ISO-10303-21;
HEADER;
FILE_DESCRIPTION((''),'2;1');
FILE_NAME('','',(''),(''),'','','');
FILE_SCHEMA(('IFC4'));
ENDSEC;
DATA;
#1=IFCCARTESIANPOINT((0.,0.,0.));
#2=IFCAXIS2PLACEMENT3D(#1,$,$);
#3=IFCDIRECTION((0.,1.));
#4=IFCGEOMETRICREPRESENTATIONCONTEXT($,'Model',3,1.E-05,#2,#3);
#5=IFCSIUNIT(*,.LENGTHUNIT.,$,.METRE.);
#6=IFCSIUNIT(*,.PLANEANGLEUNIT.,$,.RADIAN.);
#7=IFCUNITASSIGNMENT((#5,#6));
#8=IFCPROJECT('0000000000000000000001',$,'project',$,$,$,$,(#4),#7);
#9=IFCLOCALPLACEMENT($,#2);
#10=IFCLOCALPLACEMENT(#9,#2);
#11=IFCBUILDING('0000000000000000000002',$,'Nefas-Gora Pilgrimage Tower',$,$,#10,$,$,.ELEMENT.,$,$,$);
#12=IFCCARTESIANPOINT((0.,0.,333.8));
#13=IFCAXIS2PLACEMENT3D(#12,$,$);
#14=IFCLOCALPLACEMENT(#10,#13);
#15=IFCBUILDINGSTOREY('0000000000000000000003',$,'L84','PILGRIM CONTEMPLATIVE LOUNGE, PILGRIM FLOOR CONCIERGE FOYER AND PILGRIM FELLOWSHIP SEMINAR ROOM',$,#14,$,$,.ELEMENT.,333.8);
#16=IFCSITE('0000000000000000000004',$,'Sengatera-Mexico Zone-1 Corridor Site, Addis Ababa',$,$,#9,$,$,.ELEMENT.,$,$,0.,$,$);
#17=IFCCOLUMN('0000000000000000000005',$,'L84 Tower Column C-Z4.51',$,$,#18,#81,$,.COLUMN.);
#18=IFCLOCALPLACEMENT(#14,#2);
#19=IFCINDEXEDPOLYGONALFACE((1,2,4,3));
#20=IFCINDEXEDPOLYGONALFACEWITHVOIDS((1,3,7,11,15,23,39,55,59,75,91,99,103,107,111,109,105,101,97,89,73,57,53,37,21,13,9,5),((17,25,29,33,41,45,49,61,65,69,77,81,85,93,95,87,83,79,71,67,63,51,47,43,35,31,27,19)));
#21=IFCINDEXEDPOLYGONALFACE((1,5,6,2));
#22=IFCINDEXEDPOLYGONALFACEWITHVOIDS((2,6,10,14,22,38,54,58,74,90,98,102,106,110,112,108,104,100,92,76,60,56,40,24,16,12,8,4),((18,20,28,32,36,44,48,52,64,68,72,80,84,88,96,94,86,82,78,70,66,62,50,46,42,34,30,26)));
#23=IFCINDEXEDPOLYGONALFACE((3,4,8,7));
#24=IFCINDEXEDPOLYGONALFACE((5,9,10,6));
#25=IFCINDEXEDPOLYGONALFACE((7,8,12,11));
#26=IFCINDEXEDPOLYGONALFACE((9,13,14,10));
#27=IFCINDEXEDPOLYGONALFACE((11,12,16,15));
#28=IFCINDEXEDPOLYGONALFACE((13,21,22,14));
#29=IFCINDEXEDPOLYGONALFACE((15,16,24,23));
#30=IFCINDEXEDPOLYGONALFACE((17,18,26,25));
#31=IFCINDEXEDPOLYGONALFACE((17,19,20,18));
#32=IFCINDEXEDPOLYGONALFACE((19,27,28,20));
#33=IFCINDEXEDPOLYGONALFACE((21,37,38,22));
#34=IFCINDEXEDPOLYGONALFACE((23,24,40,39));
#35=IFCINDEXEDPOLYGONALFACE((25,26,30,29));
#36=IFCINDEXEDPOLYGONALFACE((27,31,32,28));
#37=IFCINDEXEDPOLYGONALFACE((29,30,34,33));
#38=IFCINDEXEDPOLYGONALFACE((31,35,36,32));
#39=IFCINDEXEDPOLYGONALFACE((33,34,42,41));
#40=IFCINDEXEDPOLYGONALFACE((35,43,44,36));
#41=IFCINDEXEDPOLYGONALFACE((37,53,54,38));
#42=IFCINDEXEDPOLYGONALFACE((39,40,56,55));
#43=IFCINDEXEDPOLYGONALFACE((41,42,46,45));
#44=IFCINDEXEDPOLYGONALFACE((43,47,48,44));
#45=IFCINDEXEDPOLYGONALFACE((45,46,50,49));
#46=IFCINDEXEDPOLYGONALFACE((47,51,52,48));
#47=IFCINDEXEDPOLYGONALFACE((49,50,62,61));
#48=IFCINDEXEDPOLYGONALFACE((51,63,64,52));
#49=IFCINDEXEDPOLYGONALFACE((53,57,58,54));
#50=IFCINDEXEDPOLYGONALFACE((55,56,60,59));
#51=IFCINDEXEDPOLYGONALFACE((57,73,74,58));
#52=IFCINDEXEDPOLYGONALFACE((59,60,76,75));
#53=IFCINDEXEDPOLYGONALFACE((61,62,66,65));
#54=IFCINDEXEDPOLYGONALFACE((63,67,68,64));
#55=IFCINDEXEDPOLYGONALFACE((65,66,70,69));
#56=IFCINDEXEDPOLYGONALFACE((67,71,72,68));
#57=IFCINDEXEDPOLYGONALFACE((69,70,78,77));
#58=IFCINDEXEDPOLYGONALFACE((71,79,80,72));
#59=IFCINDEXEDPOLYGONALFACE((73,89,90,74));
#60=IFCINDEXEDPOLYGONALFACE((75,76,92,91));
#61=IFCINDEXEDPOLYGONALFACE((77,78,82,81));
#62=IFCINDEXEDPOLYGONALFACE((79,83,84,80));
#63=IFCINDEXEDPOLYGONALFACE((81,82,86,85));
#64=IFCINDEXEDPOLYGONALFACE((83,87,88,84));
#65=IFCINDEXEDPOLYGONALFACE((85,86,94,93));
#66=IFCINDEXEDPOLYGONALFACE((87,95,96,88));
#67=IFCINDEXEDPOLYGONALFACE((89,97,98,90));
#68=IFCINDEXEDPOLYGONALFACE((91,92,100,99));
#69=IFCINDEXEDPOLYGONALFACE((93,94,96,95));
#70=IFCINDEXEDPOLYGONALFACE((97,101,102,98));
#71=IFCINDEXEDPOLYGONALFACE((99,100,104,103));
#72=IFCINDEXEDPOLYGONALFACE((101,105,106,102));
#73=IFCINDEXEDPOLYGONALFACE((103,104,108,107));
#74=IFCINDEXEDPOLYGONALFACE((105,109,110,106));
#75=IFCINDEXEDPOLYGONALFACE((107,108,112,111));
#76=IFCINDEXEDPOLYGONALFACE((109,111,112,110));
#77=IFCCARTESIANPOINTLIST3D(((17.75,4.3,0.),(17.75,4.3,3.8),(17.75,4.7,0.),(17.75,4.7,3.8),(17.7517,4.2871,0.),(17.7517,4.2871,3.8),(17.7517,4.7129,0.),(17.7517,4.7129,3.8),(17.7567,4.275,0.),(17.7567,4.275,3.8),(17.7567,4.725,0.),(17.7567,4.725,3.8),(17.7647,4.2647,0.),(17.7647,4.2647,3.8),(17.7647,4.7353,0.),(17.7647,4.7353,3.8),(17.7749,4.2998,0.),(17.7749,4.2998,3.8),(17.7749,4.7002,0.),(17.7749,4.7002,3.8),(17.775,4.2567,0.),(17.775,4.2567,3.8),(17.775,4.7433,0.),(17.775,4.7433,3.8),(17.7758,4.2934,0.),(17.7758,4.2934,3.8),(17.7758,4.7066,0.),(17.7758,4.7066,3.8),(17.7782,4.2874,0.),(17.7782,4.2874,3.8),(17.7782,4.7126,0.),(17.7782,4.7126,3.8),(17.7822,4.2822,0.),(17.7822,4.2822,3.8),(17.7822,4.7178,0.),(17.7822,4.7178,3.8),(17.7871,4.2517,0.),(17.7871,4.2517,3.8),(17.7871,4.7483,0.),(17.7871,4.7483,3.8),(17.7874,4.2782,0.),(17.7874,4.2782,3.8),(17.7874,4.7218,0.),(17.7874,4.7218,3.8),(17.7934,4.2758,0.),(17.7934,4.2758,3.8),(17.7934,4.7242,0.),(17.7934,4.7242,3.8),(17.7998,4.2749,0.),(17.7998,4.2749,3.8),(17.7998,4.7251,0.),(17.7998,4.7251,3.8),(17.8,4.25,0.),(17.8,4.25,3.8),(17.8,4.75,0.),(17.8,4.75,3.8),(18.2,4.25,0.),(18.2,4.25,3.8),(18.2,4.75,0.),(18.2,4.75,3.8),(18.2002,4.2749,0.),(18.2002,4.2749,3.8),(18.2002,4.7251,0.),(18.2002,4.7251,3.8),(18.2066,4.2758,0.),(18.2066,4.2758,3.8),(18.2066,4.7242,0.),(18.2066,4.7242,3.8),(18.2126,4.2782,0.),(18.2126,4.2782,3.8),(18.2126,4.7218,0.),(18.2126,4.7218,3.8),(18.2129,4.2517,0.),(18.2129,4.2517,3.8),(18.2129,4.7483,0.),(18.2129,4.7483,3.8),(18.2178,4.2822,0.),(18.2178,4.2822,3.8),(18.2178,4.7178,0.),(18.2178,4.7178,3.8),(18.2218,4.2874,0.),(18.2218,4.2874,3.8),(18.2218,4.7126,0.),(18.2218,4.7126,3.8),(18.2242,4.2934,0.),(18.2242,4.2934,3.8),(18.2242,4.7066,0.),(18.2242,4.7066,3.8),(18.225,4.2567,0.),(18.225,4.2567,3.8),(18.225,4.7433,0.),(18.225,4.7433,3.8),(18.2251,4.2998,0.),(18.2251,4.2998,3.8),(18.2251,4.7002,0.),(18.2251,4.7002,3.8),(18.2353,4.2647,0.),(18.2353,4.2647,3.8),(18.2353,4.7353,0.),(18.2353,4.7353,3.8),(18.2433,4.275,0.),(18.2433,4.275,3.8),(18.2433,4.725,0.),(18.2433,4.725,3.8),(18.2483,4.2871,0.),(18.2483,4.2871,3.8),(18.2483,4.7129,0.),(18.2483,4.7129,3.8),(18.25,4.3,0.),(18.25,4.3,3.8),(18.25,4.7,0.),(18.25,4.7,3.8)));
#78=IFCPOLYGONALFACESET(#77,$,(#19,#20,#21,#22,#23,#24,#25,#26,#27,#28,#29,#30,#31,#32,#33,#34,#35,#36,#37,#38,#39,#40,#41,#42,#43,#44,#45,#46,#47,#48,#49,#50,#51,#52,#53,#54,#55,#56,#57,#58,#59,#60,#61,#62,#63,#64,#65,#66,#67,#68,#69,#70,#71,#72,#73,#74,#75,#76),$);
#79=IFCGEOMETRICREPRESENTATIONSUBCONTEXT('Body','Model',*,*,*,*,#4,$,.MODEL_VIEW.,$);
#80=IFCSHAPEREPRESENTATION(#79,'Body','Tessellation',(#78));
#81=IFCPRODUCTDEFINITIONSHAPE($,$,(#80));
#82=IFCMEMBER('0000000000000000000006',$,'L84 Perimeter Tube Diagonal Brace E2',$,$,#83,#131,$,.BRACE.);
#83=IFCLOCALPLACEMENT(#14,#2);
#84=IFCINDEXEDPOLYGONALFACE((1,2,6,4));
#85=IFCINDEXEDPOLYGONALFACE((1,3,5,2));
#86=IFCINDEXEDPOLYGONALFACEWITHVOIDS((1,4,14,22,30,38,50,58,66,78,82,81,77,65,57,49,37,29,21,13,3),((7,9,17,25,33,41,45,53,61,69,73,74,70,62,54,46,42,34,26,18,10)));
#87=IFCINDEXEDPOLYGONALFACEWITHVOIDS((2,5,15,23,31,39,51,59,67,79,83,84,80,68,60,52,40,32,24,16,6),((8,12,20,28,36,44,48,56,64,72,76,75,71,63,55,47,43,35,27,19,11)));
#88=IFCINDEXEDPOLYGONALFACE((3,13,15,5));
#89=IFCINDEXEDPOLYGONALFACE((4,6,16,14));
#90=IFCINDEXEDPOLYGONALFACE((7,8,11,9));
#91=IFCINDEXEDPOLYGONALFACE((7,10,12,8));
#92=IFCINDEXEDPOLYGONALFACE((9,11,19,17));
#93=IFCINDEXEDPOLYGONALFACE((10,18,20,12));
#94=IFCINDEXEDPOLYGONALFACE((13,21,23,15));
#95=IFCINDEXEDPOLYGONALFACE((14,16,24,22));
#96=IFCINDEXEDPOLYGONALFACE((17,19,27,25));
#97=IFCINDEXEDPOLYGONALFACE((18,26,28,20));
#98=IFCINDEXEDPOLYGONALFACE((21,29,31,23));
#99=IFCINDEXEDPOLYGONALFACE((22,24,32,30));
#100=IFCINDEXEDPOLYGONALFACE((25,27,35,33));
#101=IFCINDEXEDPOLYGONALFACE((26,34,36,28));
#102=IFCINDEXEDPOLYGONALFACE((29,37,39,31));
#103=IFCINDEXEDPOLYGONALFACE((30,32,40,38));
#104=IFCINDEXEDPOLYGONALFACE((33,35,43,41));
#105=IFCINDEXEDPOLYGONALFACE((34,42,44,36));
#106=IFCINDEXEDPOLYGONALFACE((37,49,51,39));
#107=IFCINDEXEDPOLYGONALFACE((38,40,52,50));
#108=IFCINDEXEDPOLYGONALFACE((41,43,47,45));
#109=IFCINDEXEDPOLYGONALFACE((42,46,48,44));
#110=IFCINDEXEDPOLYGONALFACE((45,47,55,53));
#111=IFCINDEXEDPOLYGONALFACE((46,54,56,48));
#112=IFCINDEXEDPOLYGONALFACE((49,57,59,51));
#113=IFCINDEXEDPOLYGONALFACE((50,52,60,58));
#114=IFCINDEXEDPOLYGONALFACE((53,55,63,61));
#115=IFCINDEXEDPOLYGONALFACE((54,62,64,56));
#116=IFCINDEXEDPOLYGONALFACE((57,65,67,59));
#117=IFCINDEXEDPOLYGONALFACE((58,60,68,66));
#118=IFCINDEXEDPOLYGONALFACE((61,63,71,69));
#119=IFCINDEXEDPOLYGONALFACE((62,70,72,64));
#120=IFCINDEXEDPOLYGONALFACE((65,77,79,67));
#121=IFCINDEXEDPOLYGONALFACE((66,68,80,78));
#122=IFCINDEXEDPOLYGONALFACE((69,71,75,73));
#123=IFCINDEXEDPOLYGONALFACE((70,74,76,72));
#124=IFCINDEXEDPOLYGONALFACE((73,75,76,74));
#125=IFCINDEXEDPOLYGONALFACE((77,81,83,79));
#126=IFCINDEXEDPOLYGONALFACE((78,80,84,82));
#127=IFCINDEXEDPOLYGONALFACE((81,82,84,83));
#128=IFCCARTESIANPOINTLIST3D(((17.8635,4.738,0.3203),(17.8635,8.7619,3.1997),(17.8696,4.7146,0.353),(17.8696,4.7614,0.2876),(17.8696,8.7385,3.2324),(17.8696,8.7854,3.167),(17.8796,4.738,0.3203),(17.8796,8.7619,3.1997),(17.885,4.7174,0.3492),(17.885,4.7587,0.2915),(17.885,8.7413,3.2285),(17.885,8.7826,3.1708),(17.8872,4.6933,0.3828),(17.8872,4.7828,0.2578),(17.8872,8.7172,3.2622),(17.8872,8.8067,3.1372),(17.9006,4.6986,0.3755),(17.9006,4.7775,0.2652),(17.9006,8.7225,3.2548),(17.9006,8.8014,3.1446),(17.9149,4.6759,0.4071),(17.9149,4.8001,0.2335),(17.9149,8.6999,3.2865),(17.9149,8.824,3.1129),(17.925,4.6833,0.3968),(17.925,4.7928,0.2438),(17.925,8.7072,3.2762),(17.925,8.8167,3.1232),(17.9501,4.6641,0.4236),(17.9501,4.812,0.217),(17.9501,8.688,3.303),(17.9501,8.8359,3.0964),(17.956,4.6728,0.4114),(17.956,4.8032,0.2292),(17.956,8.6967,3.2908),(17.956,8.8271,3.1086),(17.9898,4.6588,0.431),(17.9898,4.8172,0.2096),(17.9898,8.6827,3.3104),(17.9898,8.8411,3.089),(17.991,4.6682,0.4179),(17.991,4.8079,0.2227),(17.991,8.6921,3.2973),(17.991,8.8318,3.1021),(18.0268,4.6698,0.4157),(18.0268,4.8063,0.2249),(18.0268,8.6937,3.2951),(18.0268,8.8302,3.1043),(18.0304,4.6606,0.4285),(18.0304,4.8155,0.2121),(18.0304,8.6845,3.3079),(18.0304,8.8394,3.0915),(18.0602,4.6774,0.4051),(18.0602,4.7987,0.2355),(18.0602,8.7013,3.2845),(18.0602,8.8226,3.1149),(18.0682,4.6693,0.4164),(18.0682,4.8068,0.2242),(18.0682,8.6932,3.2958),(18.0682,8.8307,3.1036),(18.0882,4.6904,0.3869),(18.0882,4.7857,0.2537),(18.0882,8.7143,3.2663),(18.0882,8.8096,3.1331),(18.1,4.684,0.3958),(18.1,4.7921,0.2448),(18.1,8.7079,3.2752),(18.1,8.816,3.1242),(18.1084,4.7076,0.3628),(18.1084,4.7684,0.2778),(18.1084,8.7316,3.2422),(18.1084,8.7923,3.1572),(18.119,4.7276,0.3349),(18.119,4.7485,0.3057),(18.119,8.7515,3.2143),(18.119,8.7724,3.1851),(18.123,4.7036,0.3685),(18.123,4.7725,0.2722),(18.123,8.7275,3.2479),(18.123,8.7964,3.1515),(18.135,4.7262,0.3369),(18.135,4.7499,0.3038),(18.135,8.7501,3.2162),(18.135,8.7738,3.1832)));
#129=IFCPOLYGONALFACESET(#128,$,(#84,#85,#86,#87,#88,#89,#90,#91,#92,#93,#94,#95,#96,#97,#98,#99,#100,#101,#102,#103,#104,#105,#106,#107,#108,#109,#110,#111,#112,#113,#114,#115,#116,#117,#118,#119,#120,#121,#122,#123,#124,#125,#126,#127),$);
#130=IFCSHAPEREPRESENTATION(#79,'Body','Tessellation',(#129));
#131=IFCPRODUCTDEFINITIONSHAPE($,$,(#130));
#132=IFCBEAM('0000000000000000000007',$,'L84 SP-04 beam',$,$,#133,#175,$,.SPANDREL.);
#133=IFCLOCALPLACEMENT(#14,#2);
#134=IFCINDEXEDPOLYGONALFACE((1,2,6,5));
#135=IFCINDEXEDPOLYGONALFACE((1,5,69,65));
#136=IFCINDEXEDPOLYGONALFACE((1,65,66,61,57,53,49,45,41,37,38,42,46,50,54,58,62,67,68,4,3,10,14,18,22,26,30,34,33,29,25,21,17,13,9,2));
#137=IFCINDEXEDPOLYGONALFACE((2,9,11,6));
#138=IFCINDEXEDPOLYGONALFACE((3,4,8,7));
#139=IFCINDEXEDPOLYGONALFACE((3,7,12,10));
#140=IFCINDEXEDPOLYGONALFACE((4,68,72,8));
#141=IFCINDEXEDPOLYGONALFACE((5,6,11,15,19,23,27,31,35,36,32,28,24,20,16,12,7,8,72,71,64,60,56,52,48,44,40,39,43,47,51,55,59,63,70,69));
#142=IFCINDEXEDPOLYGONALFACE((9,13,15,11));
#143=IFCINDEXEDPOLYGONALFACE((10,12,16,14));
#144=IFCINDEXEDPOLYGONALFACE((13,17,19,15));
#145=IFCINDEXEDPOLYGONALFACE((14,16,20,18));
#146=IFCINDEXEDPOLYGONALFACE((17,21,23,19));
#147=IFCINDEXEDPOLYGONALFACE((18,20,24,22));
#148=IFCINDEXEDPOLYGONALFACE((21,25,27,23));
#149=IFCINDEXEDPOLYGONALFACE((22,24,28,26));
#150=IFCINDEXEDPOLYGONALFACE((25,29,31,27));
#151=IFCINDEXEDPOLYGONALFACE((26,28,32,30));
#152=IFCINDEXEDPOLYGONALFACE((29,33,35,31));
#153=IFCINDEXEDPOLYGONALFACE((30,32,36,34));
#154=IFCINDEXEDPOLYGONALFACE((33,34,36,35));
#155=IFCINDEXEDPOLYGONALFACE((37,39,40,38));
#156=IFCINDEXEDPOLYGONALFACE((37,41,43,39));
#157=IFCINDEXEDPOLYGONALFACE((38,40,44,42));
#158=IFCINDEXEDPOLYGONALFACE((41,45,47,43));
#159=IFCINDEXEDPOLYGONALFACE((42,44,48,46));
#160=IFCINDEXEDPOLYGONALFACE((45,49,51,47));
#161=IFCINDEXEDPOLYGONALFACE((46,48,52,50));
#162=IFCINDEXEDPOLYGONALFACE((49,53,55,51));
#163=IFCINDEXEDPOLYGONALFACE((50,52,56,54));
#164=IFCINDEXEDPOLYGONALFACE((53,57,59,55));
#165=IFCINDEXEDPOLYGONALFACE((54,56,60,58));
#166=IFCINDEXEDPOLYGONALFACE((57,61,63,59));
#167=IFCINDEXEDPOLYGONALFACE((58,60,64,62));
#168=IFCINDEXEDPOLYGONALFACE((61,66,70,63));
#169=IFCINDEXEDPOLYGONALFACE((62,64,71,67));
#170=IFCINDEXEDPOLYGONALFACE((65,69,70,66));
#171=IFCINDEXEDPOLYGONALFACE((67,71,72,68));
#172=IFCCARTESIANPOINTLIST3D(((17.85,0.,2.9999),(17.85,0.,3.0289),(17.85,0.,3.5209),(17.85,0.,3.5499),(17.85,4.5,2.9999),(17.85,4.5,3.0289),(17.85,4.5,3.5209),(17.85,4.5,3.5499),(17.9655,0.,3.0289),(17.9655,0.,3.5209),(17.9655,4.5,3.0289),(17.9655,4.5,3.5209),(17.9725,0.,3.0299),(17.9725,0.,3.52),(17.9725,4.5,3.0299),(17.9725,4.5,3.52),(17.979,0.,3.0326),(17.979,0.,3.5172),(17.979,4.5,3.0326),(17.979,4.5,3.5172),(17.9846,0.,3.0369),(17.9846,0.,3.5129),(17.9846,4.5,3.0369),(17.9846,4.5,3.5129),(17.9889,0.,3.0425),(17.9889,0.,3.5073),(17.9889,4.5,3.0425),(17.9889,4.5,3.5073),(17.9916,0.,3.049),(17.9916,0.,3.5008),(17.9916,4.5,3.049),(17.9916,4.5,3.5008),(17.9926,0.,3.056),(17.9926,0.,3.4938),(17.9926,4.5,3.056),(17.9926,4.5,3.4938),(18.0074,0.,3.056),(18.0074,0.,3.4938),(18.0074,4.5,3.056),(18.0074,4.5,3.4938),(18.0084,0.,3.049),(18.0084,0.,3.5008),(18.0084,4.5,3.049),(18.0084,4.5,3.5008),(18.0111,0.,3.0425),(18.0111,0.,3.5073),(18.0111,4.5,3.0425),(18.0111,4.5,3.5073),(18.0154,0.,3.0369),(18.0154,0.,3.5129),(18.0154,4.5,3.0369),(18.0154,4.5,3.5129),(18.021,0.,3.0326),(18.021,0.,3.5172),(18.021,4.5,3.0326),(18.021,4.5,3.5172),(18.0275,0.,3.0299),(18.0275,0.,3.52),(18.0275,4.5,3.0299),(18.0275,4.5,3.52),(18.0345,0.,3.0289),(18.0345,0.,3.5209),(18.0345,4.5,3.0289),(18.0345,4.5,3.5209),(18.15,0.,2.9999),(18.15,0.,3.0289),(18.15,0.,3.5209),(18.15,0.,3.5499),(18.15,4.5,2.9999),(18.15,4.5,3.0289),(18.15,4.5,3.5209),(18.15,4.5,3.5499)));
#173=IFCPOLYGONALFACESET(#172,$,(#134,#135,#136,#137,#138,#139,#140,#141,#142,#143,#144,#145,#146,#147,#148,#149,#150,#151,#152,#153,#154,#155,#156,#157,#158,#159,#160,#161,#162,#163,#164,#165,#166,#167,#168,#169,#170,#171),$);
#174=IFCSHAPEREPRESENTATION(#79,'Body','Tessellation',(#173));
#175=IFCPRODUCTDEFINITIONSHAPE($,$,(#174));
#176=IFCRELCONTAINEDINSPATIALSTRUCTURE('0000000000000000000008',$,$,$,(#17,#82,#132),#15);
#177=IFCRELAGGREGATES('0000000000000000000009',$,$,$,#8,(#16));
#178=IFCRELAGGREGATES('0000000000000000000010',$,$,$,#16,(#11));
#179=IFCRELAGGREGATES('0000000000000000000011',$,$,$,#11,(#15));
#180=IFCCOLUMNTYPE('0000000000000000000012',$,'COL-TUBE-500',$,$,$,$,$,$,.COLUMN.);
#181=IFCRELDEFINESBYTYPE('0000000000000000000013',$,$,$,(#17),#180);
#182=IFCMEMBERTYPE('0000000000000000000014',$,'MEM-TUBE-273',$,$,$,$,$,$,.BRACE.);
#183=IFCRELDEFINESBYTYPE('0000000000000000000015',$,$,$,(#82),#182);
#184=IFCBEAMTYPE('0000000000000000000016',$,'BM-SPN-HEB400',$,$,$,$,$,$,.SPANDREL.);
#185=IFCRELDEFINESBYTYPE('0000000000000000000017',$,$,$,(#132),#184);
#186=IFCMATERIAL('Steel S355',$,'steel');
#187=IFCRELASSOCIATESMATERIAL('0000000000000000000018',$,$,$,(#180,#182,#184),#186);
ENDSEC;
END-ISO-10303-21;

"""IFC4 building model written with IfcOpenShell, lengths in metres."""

from ifc_helpers import new_model, si_unit, direction, frame, origin, origin_2d, place, context, subcontext, project, spatial, hollow_rectangle, hollow_circle, i_section, extrude, source, transform, mapped, material, material_profile, profile_set, type_object, element, save


model = new_model("IFC4")

# Units and contexts
model_context = context("Model", 3, precision=1e-05, world=origin(), true_north=direction((0.0, 1.0)))
body_context = subcontext(model_context, "Body", "Model", "MODEL_VIEW")
ifc_project = project(units=[si_unit("LENGTHUNIT", "METRE"), si_unit("PLANEANGLEUNIT", "RADIAN")], contexts=[model_context])

# Site, building, storey
site_placement = place(None, origin())
site = spatial("IfcSite", under=ifc_project, at=site_placement, Name="Sengatera-Mexico Zone-1 Corridor Site, Addis Ababa", CompositionType="ELEMENT", RefElevation=0.0)
building_placement = place(site_placement, origin())
building = spatial("IfcBuilding", under=site, at=building_placement, Name="Nefas-Gora Pilgrimage Tower", CompositionType="ELEMENT")
storey_placement = place(building_placement, frame((0.0, 0.0, 333.8)))
storey = spatial("IfcBuildingStorey", under=building, at=storey_placement, Name="L84", Description="PILGRIM CONTEMPLATIVE LOUNGE, PILGRIM FLOOR CONCIERGE FOYER AND PILGRIM FELLOWSHIP SEMINAR ROOM", CompositionType="ELEMENT", Elevation=333.8)

# Column
ifc_material_1 = material(Name="Steel S355", Category="steel")
ifc_material_profile_1 = material_profile(ifc_material_1, hollow_rectangle(XDim=0.5, YDim=0.5, WallThickness=0.0249, InnerFilletRadius=0.0249, OuterFilletRadius=0.05, at=origin_2d()), Name="SHS 500x500x25")
ifc_profile_set_1 = profile_set([ifc_material_profile_1], Name="Steel S355")
column_type_1 = type_object("IfcColumnType", Name="COL-TUBE-500", PredefinedType="COLUMN", material=ifc_profile_set_1)
shared_shape_1 = source(origin(), body_context, "Body", "SweptSolid", [
    extrude(hollow_rectangle(XDim=0.5, YDim=0.5, WallThickness=0.0249, InnerFilletRadius=0.0249, OuterFilletRadius=0.05, at=origin_2d()), origin(), (0.0, 0.0, 1.0), 3.8),
])
for number, where, z_axis, x_axis, name in (
    (1, (18.0, 4.5, 0.0), (0.0, 0.0, 1.0), (1.0, 0.0, 0.0), "L84 Tower Column C-Z4.51"),
):
    element("IfcColumn", number, at=place(storey_placement, frame(where, z_axis=z_axis, x_axis=x_axis)), inside=storey, type_object=column_type_1, Name=name, PredefinedType="COLUMN", context=body_context, shape_type="MappedRepresentation", body=[
        mapped(shared_shape_1, transform((0.0, 0.0, 0.0), x_axis=(1.0, 0.0, 0.0), y_axis=(0.0, 1.0, 0.0), z_axis=(0.0, 0.0, 1.0), scale=1.0)),
    ])

# Member
ifc_material_profile_2 = material_profile(ifc_material_1, hollow_circle(Radius=0.1365, WallThickness=0.0161, at=origin_2d()), Name="CHS 273x16")
ifc_profile_set_2 = profile_set([ifc_material_profile_2], Name="Steel S355")
member_type_1 = type_object("IfcMemberType", Name="MEM-TUBE-273", PredefinedType="BRACE", material=ifc_profile_set_2)
shared_shape_2 = source(origin(), body_context, "Body", "SweptSolid", [
    extrude(hollow_circle(Radius=0.1365, WallThickness=0.0161, at=origin_2d()), origin(), (0.0, 0.0, 1.0), 4.948),
])
member_1_placement = place(storey_placement, frame((18.0, 4.738, 0.3203), z_axis=(0.0, 0.81324, 0.581929), x_axis=(-1.0, 0.0, 0.0)))
element("IfcMember", 2, at=member_1_placement, inside=storey, type_object=member_type_1, Name="L84 Perimeter Tube Diagonal Brace E2", PredefinedType="BRACE", context=body_context, shape_type="MappedRepresentation", body=[
    mapped(shared_shape_2, transform((0.0, 0.0, 0.0), x_axis=(1.0, 0.0, 0.0), y_axis=(0.0, 1.0, 0.0), z_axis=(0.0, 0.0, 1.0), scale=1.0)),
])

# Beam
ifc_material_profile_3 = material_profile(ifc_material_1, i_section(OverallWidth=0.3, OverallDepth=0.55, WebThickness=0.0149, FlangeThickness=0.0291, FilletRadius=0.0271, at=origin_2d()), Name="HEB 550")
ifc_profile_set_3 = profile_set([ifc_material_profile_3], Name="Steel S355")
beam_type_1 = type_object("IfcBeamType", Name="BM-SPN-HEB400", PredefinedType="SPANDREL", material=ifc_profile_set_3)
shared_shape_3 = source(origin(), body_context, "Body", "SweptSolid", [
    extrude(i_section(OverallWidth=0.3, OverallDepth=0.55, WebThickness=0.0149, FlangeThickness=0.0291, FilletRadius=0.0271, at=origin_2d()), origin(), (0.0, 0.0, 1.0), 4.5),
])
for number, where, z_axis, x_axis, name in (
    (3, (18.0, 0.0, 3.2749), (0.0, 1.0, 0.0), (-1.0, 0.0, 0.0), "L84 SP-04 beam"),
):
    element("IfcBeam", number, at=place(storey_placement, frame(where, z_axis=z_axis, x_axis=x_axis)), inside=storey, type_object=beam_type_1, Name=name, PredefinedType="SPANDREL", context=body_context, shape_type="MappedRepresentation", body=[
        mapped(shared_shape_3, transform((0.0, 0.0, 0.0), x_axis=(1.0, 0.0, 0.0), y_axis=(0.0, 1.0, 0.0), z_axis=(0.0, 0.0, 1.0), scale=1.0)),
    ])

save(model, "model.ifc")
